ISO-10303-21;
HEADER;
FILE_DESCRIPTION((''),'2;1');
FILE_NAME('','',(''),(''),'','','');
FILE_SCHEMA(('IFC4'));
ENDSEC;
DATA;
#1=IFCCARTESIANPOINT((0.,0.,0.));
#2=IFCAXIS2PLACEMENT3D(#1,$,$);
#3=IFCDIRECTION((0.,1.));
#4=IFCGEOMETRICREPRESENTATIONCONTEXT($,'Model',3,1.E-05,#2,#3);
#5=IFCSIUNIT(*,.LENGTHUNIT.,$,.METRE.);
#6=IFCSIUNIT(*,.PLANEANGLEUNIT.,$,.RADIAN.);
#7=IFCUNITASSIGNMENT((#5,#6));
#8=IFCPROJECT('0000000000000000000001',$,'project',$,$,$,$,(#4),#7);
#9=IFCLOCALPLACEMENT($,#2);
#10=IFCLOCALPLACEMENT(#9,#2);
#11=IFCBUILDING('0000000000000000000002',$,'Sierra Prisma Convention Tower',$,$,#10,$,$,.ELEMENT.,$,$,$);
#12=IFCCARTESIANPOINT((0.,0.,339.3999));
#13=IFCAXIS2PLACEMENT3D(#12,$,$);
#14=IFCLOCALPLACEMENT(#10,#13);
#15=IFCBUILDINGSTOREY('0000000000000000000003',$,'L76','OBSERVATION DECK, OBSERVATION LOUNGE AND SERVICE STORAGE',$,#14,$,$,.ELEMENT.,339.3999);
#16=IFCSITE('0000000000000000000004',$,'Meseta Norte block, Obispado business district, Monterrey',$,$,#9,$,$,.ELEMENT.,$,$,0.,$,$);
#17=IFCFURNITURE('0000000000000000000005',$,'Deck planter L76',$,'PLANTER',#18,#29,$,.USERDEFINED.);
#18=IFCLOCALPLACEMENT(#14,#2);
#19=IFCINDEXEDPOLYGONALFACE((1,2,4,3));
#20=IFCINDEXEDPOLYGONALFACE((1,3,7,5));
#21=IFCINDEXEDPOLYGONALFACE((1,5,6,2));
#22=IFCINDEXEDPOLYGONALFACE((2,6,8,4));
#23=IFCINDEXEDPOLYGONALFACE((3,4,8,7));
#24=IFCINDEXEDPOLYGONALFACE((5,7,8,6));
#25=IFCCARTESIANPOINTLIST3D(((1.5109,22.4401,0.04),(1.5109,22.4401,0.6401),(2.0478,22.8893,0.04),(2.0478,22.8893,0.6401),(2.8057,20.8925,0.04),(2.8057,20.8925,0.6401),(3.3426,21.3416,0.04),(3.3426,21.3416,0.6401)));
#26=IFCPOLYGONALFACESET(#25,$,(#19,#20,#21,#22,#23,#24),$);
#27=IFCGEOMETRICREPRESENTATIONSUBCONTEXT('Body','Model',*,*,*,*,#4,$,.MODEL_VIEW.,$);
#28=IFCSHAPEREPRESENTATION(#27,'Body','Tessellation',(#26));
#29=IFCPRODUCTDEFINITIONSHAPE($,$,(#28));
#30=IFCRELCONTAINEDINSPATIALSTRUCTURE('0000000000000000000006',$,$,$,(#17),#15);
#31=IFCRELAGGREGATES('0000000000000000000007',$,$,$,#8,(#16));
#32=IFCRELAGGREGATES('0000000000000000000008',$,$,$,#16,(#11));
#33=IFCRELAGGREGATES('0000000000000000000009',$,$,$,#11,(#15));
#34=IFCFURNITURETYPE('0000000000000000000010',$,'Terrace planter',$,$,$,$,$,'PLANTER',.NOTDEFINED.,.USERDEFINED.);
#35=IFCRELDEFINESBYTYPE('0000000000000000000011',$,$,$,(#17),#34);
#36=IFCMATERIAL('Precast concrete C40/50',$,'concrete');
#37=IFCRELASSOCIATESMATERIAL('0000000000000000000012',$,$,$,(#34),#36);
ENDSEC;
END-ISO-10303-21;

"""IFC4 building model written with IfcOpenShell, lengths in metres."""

from ifc_helpers import new_model, si_unit, direction, frame, origin, origin_2d, place, context, subcontext, project, spatial, rectangle, extrude, material, type_object, element, save


model = new_model("IFC4")

# Units and contexts
model_context = context("Model", 3, precision=1e-05, world=origin(), true_north=direction((0.0, 1.0)))
body_context = subcontext(model_context, "Body", "Model", "MODEL_VIEW")
ifc_project = project(units=[si_unit("LENGTHUNIT", "METRE"), si_unit("PLANEANGLEUNIT", "RADIAN")], contexts=[model_context])

# Site, building, storey
site_placement = place(None, origin())
site = spatial("IfcSite", under=ifc_project, at=site_placement, Name="Meseta Norte block, Obispado business district, Monterrey", CompositionType="ELEMENT", RefElevation=0.0)
building_placement = place(site_placement, origin())
building = spatial("IfcBuilding", under=site, at=building_placement, Name="Sierra Prisma Convention Tower", CompositionType="ELEMENT")
storey_placement = place(building_placement, frame((0.0, 0.0, 339.3999)))
storey = spatial("IfcBuildingStorey", under=building, at=storey_placement, Name="L76", Description="OBSERVATION DECK, OBSERVATION LOUNGE AND SERVICE STORAGE", CompositionType="ELEMENT", Elevation=339.3999)

# Furniture
ifc_material_1 = material(Name="Precast concrete C40/50", Category="concrete")
furniture_type = type_object("IfcFurnitureType", Name="Terrace planter", ElementType="PLANTER", AssemblyPlace="NOTDEFINED", PredefinedType="USERDEFINED", material=ifc_material_1)
furniture_1_placement = place(storey_placement, frame((2.4268, 21.8909, 0.04), z_axis=(0.0, 0.0, 1.0), x_axis=(-0.641672, 0.766979, 0.0)))
element("IfcFurniture", 1, at=furniture_1_placement, inside=storey, type_object=furniture_type, Name="Deck planter L76", ObjectType="PLANTER", PredefinedType="USERDEFINED", context=body_context, shape_type="SweptSolid", body=[
    extrude(rectangle(XDim=2.0178, YDim=0.7, at=origin_2d()), origin(), (0.0, 0.0, 1.0), 0.6001),
])

save(model, "model.ifc")
